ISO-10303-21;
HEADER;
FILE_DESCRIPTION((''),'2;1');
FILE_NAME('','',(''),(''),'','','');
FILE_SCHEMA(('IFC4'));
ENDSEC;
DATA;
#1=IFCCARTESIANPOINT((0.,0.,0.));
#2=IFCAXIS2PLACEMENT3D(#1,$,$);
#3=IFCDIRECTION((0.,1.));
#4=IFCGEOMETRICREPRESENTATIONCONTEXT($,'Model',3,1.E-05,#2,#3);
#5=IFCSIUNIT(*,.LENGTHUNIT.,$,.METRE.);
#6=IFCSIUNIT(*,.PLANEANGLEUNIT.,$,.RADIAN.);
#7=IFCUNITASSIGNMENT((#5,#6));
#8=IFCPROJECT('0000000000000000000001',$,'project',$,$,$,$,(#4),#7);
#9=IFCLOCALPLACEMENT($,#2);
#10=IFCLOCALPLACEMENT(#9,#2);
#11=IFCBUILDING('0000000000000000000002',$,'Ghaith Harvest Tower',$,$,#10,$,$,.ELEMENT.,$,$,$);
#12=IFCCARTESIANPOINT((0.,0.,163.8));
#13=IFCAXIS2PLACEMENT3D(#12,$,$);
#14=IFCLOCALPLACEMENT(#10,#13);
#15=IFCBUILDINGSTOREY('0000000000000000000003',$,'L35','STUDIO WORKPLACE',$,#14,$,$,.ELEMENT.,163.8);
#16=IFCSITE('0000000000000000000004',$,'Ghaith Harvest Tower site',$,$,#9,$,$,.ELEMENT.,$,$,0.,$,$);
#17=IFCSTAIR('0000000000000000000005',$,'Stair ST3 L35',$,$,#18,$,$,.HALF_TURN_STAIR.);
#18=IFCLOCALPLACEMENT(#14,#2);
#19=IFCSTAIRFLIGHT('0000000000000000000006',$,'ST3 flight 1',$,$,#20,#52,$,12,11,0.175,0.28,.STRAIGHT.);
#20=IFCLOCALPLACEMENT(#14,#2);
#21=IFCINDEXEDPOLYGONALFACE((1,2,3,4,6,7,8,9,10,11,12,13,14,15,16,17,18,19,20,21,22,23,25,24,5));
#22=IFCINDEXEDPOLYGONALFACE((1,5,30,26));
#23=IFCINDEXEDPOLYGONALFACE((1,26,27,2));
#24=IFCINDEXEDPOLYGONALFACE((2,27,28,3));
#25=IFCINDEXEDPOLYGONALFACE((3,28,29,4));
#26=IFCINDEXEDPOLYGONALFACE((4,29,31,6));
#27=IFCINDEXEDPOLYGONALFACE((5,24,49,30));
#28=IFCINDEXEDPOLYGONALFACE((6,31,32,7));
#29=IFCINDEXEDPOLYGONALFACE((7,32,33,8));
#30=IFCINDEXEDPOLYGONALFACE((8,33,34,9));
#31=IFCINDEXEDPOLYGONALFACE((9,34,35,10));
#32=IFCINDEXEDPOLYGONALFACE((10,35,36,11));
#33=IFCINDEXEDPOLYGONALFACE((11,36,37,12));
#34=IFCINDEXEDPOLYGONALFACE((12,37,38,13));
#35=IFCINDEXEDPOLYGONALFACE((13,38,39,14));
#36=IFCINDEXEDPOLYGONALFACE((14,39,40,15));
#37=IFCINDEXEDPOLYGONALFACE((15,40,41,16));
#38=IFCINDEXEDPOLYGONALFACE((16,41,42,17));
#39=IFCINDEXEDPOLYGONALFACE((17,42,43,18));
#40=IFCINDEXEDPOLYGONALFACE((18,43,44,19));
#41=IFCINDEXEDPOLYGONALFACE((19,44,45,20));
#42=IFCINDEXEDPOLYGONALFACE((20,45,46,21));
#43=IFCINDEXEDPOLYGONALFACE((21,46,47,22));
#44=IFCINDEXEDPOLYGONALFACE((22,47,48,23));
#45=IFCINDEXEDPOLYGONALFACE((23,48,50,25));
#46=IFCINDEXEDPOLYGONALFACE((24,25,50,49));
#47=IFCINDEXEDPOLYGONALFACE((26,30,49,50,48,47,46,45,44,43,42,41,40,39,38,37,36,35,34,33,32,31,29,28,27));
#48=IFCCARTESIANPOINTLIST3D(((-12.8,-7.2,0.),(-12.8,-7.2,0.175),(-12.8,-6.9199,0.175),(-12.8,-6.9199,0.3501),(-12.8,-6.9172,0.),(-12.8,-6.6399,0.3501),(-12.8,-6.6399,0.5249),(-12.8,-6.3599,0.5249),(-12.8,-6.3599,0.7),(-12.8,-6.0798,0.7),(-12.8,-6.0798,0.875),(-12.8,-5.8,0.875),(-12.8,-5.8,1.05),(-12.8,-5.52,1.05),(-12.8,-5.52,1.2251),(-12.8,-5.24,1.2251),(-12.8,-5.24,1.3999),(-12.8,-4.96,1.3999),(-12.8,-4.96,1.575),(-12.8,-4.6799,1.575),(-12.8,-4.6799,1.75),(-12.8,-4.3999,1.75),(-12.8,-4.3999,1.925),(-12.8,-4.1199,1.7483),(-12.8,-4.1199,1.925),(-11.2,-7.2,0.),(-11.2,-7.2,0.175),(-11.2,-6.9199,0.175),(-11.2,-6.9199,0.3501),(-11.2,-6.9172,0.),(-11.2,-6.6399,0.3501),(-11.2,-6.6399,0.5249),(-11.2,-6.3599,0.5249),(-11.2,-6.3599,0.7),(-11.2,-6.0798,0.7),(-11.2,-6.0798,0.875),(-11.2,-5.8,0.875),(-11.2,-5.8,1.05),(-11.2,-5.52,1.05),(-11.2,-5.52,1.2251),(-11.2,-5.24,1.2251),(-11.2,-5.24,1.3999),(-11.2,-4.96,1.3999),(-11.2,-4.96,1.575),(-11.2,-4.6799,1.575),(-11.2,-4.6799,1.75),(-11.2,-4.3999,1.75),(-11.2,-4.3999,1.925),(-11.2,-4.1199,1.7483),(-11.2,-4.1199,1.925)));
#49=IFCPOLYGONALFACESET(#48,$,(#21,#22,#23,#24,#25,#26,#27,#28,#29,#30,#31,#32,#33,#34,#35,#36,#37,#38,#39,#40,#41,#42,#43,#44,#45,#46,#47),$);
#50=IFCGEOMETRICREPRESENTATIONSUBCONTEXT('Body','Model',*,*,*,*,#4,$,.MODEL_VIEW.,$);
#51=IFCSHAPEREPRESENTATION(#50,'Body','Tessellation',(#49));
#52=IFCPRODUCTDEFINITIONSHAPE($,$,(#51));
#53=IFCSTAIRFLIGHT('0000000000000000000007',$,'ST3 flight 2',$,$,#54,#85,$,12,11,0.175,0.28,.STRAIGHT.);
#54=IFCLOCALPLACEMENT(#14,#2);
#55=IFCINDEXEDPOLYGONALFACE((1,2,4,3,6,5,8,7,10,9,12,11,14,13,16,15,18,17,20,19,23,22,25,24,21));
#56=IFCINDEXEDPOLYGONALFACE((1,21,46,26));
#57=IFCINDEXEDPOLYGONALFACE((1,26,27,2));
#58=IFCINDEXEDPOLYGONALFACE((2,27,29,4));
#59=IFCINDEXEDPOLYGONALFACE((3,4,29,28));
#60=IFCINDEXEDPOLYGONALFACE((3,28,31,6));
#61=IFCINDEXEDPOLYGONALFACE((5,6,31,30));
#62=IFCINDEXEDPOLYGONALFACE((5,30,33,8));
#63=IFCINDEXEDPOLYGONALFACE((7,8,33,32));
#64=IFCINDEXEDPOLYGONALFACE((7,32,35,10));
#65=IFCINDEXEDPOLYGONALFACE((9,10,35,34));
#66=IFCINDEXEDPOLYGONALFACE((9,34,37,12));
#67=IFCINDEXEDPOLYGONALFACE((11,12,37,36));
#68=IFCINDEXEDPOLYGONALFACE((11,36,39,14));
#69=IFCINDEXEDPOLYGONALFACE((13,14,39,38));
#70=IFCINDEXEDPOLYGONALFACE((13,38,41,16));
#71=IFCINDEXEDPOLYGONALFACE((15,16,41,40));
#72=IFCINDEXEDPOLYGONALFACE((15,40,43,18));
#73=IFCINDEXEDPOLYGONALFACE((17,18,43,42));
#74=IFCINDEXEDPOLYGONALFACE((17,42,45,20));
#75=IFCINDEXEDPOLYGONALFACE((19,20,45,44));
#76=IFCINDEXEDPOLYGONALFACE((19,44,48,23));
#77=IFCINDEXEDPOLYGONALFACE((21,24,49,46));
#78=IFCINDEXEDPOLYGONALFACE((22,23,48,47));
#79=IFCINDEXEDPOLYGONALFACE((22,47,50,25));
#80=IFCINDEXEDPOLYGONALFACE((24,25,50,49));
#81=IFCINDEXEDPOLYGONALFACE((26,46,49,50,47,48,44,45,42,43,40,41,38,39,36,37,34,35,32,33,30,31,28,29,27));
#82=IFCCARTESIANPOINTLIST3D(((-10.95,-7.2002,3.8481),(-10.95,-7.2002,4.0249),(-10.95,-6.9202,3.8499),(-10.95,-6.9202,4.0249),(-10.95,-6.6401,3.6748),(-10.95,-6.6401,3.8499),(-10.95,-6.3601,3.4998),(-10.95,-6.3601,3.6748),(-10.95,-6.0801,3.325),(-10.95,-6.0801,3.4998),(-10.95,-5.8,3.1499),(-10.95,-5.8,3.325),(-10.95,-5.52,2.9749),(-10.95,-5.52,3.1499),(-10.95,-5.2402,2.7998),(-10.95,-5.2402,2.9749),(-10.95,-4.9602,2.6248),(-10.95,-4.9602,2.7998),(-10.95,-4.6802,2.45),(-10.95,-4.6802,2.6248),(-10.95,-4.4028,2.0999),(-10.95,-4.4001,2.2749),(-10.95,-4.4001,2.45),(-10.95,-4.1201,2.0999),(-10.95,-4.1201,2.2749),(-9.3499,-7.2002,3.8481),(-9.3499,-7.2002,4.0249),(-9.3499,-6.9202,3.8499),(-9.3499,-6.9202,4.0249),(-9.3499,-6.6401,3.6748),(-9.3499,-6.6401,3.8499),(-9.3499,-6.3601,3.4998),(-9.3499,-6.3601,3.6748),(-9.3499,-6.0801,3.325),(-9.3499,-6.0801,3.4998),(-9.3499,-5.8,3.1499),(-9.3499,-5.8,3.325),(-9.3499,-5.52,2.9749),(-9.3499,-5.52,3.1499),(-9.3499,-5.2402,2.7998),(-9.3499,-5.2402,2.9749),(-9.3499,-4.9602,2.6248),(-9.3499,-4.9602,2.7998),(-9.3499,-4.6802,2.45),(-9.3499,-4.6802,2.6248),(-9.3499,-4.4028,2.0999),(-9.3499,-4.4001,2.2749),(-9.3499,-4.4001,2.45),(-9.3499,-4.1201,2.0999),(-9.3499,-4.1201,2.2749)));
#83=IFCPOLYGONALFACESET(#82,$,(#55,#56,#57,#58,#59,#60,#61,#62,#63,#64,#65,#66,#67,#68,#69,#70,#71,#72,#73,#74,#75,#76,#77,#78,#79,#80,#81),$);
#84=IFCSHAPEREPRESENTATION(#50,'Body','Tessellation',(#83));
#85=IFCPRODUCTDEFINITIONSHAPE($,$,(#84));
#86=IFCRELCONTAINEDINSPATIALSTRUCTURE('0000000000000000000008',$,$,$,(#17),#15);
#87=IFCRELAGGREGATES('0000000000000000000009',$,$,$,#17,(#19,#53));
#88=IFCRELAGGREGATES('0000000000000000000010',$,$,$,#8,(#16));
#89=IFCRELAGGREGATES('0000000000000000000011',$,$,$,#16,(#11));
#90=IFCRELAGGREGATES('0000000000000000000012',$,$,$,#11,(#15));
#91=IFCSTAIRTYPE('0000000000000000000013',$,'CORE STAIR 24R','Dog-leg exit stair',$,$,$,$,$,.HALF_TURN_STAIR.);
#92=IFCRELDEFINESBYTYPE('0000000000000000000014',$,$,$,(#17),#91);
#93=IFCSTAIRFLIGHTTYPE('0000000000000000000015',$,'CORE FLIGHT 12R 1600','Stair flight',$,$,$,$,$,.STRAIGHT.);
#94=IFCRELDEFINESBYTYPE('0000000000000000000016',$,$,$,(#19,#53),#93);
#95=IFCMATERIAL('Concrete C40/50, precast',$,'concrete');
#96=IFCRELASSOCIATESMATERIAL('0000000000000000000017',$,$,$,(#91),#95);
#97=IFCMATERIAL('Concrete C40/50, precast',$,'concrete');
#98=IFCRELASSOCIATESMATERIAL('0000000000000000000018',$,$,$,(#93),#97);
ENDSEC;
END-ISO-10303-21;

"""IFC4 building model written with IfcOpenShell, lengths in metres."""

from ifc_helpers import new_model, si_unit, direction, frame, origin, place, context, subcontext, project, spatial, polyline, outline, extrude, material, type_object, element, aggregate, save


model = new_model("IFC4")

# Units and contexts
model_context = context("Model", 3, precision=1e-05, world=origin(), true_north=direction((0.0, 1.0)))
body_context = subcontext(model_context, "Body", "Model", "MODEL_VIEW")
ifc_project = project(units=[si_unit("LENGTHUNIT", "METRE"), si_unit("PLANEANGLEUNIT", "RADIAN")], contexts=[model_context])

# Site, building, storey
site_placement = place(None, origin())
site = spatial("IfcSite", under=ifc_project, at=site_placement, Name="Ghaith Harvest Tower site", CompositionType="ELEMENT", RefElevation=0.0)
building_placement = place(site_placement, origin())
building = spatial("IfcBuilding", under=site, at=building_placement, Name="Ghaith Harvest Tower", CompositionType="ELEMENT")
storey_placement = place(building_placement, frame((0.0, 0.0, 163.8)))
storey = spatial("IfcBuildingStorey", under=building, at=storey_placement, Name="L35", Description="STUDIO WORKPLACE", CompositionType="ELEMENT", Elevation=163.8)

# Stair, stair flights
ifc_material_1 = material(Name="Concrete C40/50, precast", Category="concrete")
stair_type = type_object("IfcStairType", Name="CORE STAIR 24R", Description="Dog-leg exit stair", PredefinedType="HALF_TURN_STAIR", material=ifc_material_1)
stair_placement = place(storey_placement, origin())
stair = element("IfcStair", 1, at=stair_placement, inside=storey, type_object=stair_type, Name="Stair ST3 L35", PredefinedType="HALF_TURN_STAIR")
ifc_material_2 = material(Name="Concrete C40/50, precast", Category="concrete")
stair_flight_type = type_object("IfcStairFlightType", Name="CORE FLIGHT 12R 1600", Description="Stair flight", PredefinedType="STRAIGHT", material=ifc_material_2)
stair_flight_1_placement = place(storey_placement, frame((-12.0, -7.2, 0.0), z_axis=(0.0, 0.0, 1.0), x_axis=(0.0, 1.0, 0.0)))
stair_flight_1 = element("IfcStairFlight", 2, at=stair_flight_1_placement, type_object=stair_flight_type, Name="ST3 flight 1", NumberOfRisers=12, NumberOfTreads=11, PredefinedType="STRAIGHT", RiserHeight=0.175, TreadLength=0.28, context=body_context, shape_type="SweptSolid", body=[
    extrude(outline(polyline([(0.0, 0.0), (0.0, 0.175), (0.28, 0.175), (0.28, 0.3501), (0.5601, 0.3501), (0.5601, 0.5249), (0.8401, 0.5249), (0.8401, 0.7), (1.1201, 0.7), (1.1201, 0.875), (1.3999, 0.875), (1.3999, 1.05), (1.6799, 1.05), (1.6799, 1.2251), (1.96, 1.2251), (1.96, 1.3999), (2.24, 1.3999), (2.24, 1.575), (2.52, 1.575), (2.52, 1.75), (2.8, 1.75), (2.8, 1.925), (3.0801, 1.925), (3.0801, 2.1001), (3.0801, 1.7483), (0.2827, 0.0), (0.0, 0.0)])), frame((0.0, 0.8, 0.0), z_axis=(0.0, -1.0, 0.0), x_axis=(1.0, 0.0, 0.0)), (0.0, 0.0, 1.0), 1.6001),
])
stair_flight_2_placement = place(storey_placement, frame((-10.1499, -4.1201, 2.0999), z_axis=(0.0, 0.0, 1.0), x_axis=(0.0, -1.0, 0.0)))
stair_flight_2 = element("IfcStairFlight", 3, at=stair_flight_2_placement, type_object=stair_flight_type, Name="ST3 flight 2", NumberOfRisers=12, NumberOfTreads=11, PredefinedType="STRAIGHT", RiserHeight=0.175, TreadLength=0.28, context=body_context, shape_type="SweptSolid", body=[
    extrude(outline(polyline([(0.0, 0.0), (0.0, 0.175), (0.28, 0.175), (0.28, 0.3501), (0.5601, 0.3501), (0.5601, 0.5249), (0.8401, 0.5249), (0.8401, 0.7), (1.1201, 0.7), (1.1201, 0.875), (1.3999, 0.875), (1.3999, 1.05), (1.6799, 1.05), (1.6799, 1.2251), (1.96, 1.2251), (1.96, 1.3999), (2.24, 1.3999), (2.24, 1.575), (2.52, 1.575), (2.52, 1.75), (2.8, 1.75), (2.8, 1.925), (3.0801, 1.925), (3.0801, 2.1001), (3.0801, 1.7483), (0.2827, 0.0), (0.0, 0.0)])), frame((0.0, 0.8, 0.0), z_axis=(0.0, -1.0, 0.0), x_axis=(1.0, 0.0, 0.0)), (0.0, 0.0, 1.0), 1.6001),
])
aggregate(stair, [stair_flight_1, stair_flight_2])

save(model, "model.ifc")
